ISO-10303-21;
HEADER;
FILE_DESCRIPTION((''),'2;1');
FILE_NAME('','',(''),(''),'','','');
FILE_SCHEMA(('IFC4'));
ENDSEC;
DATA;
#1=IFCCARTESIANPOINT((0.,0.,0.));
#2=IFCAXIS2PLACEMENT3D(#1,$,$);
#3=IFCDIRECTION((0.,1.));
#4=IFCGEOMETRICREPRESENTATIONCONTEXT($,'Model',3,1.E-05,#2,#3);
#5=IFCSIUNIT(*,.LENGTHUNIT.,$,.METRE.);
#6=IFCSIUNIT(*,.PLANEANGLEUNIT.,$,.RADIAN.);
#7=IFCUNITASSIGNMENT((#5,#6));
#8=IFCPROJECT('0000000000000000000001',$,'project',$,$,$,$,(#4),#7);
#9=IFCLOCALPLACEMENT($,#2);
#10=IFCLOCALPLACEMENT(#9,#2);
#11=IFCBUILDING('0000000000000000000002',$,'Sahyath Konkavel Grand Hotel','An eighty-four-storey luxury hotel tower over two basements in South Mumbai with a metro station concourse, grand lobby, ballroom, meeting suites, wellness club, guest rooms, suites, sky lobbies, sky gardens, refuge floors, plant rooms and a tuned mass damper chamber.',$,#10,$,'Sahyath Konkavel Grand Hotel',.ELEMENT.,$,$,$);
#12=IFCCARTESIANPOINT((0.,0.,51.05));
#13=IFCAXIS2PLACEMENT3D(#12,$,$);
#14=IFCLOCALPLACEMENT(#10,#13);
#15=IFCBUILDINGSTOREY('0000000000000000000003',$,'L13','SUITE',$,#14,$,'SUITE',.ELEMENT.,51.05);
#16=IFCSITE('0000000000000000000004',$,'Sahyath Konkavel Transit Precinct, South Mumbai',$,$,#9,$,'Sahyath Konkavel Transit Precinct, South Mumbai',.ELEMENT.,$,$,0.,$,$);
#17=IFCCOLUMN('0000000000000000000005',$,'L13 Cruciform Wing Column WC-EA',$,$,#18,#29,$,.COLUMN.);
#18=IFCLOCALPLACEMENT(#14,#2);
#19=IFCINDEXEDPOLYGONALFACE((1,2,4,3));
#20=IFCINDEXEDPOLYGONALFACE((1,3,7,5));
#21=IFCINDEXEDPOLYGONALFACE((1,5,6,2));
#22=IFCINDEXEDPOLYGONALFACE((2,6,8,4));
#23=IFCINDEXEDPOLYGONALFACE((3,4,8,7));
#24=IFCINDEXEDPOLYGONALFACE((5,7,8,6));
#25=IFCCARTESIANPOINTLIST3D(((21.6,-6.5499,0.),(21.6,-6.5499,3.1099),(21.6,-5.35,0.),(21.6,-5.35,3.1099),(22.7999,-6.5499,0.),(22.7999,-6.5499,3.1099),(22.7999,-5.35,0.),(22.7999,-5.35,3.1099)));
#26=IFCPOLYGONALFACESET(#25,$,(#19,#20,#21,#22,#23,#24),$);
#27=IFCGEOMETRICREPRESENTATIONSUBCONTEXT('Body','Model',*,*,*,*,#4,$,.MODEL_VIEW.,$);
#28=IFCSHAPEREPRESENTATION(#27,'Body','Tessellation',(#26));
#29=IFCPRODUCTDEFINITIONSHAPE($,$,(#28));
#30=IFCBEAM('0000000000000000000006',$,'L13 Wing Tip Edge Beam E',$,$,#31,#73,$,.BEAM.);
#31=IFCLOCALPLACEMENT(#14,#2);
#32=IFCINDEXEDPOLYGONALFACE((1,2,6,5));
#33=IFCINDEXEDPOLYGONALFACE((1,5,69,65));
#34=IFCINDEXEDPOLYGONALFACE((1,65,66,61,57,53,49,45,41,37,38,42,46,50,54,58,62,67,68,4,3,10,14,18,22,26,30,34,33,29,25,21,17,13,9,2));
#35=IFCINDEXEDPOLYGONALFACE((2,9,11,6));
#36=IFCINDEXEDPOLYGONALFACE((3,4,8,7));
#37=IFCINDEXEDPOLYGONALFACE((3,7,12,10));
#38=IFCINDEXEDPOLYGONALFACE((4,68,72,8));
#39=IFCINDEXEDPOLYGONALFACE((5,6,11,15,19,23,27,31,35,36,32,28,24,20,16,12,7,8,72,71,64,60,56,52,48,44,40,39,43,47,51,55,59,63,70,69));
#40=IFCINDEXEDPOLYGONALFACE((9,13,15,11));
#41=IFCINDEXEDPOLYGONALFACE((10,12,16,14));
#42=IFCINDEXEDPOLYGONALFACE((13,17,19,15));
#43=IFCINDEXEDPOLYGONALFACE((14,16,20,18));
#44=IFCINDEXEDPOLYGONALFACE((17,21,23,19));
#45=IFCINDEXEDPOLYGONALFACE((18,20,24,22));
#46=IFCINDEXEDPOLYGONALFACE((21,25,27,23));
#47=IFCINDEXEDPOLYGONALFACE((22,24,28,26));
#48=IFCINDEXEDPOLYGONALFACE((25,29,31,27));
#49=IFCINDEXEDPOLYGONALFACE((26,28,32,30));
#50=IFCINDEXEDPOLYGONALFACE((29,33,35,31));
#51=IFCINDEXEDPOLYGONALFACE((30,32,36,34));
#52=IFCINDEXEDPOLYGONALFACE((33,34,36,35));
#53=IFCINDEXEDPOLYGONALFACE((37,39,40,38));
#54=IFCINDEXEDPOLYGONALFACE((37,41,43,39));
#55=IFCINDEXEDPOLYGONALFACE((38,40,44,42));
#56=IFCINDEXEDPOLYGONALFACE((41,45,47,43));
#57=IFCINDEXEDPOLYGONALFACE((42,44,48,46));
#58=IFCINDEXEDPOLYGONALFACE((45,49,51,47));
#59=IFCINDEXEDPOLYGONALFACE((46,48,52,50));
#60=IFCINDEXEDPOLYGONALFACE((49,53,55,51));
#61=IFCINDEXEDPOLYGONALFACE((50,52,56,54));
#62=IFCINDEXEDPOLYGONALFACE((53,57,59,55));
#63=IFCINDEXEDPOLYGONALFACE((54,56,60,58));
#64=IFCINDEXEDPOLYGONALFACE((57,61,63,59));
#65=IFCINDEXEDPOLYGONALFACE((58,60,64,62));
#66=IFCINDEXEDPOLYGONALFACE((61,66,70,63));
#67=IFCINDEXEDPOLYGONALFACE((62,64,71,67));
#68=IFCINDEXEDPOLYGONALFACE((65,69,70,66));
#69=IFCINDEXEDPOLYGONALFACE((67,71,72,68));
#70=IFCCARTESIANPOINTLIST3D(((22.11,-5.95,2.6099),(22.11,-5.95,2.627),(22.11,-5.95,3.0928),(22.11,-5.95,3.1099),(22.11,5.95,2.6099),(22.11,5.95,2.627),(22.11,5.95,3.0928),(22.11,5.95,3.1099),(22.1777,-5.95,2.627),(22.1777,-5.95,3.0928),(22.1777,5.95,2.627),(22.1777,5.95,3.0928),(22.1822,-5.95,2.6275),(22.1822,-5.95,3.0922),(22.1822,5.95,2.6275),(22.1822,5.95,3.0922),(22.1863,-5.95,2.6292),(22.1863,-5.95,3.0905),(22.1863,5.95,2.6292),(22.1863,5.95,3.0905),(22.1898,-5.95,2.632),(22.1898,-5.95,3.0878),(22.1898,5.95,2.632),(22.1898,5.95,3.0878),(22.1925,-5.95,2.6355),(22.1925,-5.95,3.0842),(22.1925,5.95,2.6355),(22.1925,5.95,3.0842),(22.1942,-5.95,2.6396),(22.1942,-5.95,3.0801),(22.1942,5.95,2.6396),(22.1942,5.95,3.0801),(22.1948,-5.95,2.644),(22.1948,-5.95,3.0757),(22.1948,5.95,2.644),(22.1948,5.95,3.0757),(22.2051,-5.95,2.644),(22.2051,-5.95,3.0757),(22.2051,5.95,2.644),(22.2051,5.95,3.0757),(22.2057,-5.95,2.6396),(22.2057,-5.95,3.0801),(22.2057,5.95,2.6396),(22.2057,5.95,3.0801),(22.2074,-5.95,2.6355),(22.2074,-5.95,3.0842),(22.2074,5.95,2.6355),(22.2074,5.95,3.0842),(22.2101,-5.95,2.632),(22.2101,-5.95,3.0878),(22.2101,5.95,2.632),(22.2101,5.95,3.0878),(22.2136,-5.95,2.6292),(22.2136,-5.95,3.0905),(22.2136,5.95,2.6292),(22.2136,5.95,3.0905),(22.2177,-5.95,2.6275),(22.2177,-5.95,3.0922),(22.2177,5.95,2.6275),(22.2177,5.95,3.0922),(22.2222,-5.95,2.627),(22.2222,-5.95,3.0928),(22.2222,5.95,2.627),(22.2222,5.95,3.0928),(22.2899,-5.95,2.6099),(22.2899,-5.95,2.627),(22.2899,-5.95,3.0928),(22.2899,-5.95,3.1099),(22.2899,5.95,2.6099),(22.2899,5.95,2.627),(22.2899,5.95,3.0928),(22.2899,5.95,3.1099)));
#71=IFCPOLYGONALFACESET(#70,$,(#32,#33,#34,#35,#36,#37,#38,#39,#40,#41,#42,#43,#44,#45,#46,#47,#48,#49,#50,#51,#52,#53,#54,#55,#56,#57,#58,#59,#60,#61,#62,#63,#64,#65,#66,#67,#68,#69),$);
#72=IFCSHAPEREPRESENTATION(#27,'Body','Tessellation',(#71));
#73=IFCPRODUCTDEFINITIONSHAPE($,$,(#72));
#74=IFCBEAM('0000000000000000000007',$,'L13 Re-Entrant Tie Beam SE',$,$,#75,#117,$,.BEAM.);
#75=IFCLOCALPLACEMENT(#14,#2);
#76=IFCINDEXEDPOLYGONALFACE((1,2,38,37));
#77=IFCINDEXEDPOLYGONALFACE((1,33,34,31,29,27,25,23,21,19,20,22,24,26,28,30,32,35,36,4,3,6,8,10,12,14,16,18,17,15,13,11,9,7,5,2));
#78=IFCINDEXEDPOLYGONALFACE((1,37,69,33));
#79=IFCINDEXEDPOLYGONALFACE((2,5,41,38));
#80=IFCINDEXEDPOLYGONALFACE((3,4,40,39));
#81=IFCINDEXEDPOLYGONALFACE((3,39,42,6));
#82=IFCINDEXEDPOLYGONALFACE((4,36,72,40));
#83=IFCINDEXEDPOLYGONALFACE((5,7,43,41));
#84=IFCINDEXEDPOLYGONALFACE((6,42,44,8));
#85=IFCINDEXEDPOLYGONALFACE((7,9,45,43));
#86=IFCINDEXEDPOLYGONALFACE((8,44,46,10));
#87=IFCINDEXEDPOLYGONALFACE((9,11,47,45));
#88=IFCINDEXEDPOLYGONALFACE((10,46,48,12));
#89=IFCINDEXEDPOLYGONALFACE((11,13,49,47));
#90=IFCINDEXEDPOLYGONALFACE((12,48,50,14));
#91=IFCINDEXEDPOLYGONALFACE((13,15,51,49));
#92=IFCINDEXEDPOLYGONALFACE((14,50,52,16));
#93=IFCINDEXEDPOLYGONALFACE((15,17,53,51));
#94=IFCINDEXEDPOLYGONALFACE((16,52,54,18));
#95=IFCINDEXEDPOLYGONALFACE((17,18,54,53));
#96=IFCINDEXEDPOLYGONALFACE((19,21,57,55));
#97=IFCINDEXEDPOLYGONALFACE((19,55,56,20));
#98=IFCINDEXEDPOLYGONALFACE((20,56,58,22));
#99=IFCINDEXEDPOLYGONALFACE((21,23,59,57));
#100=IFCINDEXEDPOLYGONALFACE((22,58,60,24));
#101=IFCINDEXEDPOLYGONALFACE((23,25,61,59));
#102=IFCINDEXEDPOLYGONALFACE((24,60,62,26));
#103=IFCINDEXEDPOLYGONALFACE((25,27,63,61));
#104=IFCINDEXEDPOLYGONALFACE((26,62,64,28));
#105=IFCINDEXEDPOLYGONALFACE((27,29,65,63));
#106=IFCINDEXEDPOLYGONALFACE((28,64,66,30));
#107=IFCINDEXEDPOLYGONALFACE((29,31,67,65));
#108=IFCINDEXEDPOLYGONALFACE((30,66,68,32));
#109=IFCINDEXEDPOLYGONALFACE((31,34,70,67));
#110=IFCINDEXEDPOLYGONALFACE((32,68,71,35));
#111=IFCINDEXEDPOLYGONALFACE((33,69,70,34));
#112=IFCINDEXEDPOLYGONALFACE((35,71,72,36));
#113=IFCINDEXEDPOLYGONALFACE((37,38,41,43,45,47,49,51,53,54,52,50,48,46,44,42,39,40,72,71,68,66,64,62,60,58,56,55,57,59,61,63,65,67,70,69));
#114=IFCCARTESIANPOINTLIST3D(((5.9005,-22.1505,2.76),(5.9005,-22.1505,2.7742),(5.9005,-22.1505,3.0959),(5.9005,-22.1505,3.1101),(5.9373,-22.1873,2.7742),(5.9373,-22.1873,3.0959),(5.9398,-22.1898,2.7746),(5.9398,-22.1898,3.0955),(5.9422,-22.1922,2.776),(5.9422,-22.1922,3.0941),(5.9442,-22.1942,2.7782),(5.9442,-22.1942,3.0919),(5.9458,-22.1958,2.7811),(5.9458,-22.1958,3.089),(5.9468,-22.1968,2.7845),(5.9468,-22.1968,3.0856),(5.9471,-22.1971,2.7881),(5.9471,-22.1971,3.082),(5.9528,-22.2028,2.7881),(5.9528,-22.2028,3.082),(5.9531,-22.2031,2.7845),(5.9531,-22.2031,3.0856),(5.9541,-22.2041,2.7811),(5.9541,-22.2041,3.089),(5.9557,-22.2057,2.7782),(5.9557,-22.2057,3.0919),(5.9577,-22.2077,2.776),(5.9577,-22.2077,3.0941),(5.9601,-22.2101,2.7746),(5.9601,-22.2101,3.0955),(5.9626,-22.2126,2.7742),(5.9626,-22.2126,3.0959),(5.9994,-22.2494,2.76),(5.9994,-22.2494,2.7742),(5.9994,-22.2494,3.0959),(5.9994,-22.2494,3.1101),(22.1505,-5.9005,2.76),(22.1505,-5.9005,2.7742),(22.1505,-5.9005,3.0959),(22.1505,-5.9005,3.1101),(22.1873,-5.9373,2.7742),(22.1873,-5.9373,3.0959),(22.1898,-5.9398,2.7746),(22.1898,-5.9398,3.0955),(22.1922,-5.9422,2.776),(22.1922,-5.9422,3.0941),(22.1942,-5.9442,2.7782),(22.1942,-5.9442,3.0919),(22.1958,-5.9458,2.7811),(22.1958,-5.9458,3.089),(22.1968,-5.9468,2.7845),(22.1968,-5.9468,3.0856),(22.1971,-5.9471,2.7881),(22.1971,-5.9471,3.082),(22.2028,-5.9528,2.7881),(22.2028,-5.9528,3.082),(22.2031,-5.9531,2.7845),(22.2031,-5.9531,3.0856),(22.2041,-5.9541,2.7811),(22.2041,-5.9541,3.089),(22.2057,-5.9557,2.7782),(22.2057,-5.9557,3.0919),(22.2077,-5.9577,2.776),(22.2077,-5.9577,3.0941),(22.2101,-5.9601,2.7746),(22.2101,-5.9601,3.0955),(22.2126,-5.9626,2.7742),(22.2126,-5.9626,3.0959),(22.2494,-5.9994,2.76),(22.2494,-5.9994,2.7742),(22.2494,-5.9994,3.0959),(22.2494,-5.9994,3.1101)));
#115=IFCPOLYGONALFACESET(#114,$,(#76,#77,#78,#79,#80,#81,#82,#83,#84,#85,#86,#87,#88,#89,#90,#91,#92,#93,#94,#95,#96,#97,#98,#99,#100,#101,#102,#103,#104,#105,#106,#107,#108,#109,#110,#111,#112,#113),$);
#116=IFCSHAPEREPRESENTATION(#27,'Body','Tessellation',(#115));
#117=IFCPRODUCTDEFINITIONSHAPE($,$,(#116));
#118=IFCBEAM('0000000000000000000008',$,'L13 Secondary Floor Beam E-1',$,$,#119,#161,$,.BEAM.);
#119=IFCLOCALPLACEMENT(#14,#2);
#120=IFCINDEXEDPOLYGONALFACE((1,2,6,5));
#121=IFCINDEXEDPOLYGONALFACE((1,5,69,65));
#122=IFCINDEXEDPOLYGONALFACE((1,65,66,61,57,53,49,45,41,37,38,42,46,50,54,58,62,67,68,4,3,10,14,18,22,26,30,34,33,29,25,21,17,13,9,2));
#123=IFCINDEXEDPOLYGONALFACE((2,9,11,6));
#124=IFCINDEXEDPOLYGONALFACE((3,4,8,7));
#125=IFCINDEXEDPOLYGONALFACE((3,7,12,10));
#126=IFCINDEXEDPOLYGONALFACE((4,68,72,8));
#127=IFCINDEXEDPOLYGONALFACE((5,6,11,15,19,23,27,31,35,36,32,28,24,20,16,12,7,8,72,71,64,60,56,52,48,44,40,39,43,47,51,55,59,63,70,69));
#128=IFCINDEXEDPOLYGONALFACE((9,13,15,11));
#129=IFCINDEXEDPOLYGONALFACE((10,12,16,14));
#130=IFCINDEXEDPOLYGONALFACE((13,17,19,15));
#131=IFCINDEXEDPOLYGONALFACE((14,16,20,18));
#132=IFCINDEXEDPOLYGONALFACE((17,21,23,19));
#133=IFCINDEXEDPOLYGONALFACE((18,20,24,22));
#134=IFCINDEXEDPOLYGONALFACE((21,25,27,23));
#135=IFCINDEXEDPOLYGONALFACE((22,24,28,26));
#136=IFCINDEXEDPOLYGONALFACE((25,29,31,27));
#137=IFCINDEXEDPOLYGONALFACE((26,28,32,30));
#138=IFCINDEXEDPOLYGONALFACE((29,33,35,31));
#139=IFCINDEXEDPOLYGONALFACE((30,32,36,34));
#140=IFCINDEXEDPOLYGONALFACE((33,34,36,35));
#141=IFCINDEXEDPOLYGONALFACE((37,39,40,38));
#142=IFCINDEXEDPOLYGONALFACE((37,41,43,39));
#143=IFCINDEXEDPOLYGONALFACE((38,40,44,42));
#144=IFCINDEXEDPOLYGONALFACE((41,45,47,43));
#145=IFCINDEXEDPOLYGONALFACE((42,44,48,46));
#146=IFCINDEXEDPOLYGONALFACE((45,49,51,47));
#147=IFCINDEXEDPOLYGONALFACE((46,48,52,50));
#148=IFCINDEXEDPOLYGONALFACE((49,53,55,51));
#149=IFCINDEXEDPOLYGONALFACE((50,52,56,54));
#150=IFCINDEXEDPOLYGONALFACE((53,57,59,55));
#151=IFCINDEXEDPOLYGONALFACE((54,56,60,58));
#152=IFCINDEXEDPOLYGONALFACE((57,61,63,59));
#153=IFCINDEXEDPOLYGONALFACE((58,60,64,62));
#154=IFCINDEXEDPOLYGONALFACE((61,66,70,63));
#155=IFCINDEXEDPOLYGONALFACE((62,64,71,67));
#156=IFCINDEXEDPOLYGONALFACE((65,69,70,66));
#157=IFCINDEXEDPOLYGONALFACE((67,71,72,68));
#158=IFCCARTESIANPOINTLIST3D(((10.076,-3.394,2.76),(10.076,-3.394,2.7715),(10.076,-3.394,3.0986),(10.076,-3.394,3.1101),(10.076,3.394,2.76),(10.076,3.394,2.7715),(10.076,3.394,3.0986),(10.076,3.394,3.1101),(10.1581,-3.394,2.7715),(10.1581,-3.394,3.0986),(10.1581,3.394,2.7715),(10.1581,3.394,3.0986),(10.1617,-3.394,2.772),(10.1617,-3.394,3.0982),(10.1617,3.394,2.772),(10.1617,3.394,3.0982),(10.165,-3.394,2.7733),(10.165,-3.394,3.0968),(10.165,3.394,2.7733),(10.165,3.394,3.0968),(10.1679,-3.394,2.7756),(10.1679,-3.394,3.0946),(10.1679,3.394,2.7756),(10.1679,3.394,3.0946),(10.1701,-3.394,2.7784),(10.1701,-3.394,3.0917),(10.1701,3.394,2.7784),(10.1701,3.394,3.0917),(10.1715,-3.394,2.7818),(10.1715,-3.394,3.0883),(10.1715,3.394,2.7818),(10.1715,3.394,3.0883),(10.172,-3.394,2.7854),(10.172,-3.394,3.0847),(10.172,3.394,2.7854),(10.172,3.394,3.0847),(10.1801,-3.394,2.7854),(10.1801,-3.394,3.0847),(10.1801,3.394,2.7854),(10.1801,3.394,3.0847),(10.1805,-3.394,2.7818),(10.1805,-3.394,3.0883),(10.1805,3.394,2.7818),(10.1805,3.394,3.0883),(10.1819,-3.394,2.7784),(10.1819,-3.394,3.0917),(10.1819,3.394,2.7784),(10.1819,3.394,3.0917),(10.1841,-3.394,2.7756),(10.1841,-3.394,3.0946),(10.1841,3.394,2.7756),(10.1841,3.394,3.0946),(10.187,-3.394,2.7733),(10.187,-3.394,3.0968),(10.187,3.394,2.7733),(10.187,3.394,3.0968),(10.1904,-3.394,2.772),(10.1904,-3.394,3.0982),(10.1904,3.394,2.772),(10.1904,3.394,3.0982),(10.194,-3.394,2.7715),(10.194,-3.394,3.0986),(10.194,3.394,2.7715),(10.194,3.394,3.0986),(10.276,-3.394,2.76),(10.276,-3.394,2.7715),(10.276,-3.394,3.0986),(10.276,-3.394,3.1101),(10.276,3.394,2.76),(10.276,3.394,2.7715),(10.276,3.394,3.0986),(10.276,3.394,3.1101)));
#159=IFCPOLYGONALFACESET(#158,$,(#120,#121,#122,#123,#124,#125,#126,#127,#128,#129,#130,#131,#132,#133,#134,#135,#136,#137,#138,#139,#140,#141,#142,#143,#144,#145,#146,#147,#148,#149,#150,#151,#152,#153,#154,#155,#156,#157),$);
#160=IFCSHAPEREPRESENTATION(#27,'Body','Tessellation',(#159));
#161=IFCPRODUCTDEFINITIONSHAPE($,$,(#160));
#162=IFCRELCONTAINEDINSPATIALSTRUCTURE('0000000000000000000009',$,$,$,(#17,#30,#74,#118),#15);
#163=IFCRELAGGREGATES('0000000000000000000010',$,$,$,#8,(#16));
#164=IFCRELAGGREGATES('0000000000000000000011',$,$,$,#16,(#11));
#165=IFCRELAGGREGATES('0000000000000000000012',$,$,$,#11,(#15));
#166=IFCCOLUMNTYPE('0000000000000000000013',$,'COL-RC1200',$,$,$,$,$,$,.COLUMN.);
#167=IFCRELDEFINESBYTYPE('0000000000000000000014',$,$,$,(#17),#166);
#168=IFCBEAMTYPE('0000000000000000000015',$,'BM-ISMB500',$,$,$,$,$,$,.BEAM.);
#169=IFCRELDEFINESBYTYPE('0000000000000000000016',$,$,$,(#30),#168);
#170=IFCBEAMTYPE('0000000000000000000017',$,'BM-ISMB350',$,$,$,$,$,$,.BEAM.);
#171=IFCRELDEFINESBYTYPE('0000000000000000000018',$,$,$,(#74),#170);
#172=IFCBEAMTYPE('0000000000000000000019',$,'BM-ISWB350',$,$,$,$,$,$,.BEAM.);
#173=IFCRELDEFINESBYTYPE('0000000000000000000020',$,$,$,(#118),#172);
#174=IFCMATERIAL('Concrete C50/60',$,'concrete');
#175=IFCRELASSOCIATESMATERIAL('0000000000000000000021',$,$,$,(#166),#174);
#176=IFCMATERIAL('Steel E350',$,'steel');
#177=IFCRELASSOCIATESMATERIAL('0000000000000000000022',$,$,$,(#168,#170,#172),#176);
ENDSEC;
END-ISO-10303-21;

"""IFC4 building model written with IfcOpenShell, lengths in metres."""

from ifc_helpers import new_model, si_unit, direction, frame, origin, origin_2d, place, context, subcontext, project, spatial, rectangle, i_section, extrude, source, transform, mapped, material, material_profile, profile_set, type_object, element, save


model = new_model("IFC4")

# Units and contexts
model_context = context("Model", 3, precision=1e-05, world=origin(), true_north=direction((0.0, 1.0)))
body_context = subcontext(model_context, "Body", "Model", "MODEL_VIEW")
ifc_project = project(units=[si_unit("LENGTHUNIT", "METRE"), si_unit("PLANEANGLEUNIT", "RADIAN")], contexts=[model_context])

# Site, building, storey
site_placement = place(None, origin())
site = spatial("IfcSite", under=ifc_project, at=site_placement, Name="Sahyath Konkavel Transit Precinct, South Mumbai", LongName="Sahyath Konkavel Transit Precinct, South Mumbai", CompositionType="ELEMENT", RefElevation=0.0)
building_placement = place(site_placement, origin())
building = spatial("IfcBuilding", under=site, at=building_placement, Name="Sahyath Konkavel Grand Hotel", Description="An eighty-four-storey luxury hotel tower over two basements in South Mumbai with a metro station concourse, grand lobby, ballroom, meeting suites, wellness club, guest rooms, suites, sky lobbies, sky gardens, refuge floors, plant rooms and a tuned mass damper chamber.", LongName="Sahyath Konkavel Grand Hotel", CompositionType="ELEMENT")
storey_placement = place(building_placement, frame((0.0, 0.0, 51.05)))
storey = spatial("IfcBuildingStorey", under=building, at=storey_placement, Name="L13", Description="SUITE", LongName="SUITE", CompositionType="ELEMENT", Elevation=51.05)

# Column
ifc_material_1 = material(Name="Concrete C50/60", Category="concrete")
ifc_material_profile_1 = material_profile(ifc_material_1, rectangle(XDim=1.2, YDim=1.2, at=origin_2d()), Name="RC 1200x1200")
ifc_profile_set_1 = profile_set([ifc_material_profile_1], Name="Concrete C50/60")
column_type = type_object("IfcColumnType", Name="COL-RC1200", PredefinedType="COLUMN", material=ifc_profile_set_1)
shared_shape_1 = source(origin(), body_context, "Body", "SweptSolid", [
    extrude(rectangle(XDim=1.2, YDim=1.2, at=origin_2d()), origin(), (0.0, 0.0, 1.0), 3.1099),
])
column_placement = place(storey_placement, frame((22.2, -5.95, 0.0), z_axis=(0.0, 0.0, 1.0), x_axis=(1.0, 0.0, 0.0)))
element("IfcColumn", 1, at=column_placement, inside=storey, type_object=column_type, Name="L13 Cruciform Wing Column WC-EA", PredefinedType="COLUMN", context=body_context, shape_type="MappedRepresentation", body=[
    mapped(shared_shape_1, transform((0.0, 0.0, 0.0), scale=1.0)),
])

# Beams
ifc_material_2 = material(Name="Steel E350", Category="steel")
ifc_material_profile_2 = material_profile(ifc_material_2, i_section(OverallWidth=0.1799, OverallDepth=0.5, WebThickness=0.0103, FlangeThickness=0.0171, FilletRadius=0.0171, at=origin_2d()), Name="ISMB 500")
ifc_profile_set_2 = profile_set([ifc_material_profile_2], Name="Steel E350")
beam_type_1 = type_object("IfcBeamType", Name="BM-ISMB500", PredefinedType="BEAM", material=ifc_profile_set_2)
shared_shape_2 = source(origin(), body_context, "Body", "SweptSolid", [
    extrude(i_section(OverallWidth=0.1799, OverallDepth=0.5, WebThickness=0.0103, FlangeThickness=0.0171, FilletRadius=0.0171, at=origin_2d()), origin(), (0.0, 0.0, 1.0), 11.8999),
])
beam_1_placement = place(storey_placement, frame((22.2, -5.95, 2.8599), z_axis=(0.0, 1.0, 0.0), x_axis=(-1.0, 0.0, 0.0)))
element("IfcBeam", 2, at=beam_1_placement, inside=storey, type_object=beam_type_1, Name="L13 Wing Tip Edge Beam E", PredefinedType="BEAM", context=body_context, shape_type="MappedRepresentation", body=[
    mapped(shared_shape_2, transform((0.0, 0.0, 0.0), scale=1.0)),
])
ifc_material_profile_3 = material_profile(ifc_material_2, i_section(OverallWidth=0.1399, OverallDepth=0.3501, WebThickness=0.0081, FlangeThickness=0.0142, FilletRadius=0.0139, at=origin_2d()), Name="ISMB 350")
ifc_profile_set_3 = profile_set([ifc_material_profile_3], Name="Steel E350")
beam_type_2 = type_object("IfcBeamType", Name="BM-ISMB350", PredefinedType="BEAM", material=ifc_profile_set_3)
shared_shape_3 = source(origin(), body_context, "Body", "SweptSolid", [
    extrude(i_section(OverallWidth=0.1399, OverallDepth=0.3501, WebThickness=0.0081, FlangeThickness=0.0142, FilletRadius=0.0139, at=origin_2d()), origin(), (0.0, 0.0, 1.0), 22.981),
])
beam_2_placement = place(storey_placement, frame((22.2, -5.95, 2.9351), z_axis=(-0.707107, -0.707107, 0.0), x_axis=(0.707107, -0.707107, 0.0)))
element("IfcBeam", 3, at=beam_2_placement, inside=storey, type_object=beam_type_2, Name="L13 Re-Entrant Tie Beam SE", PredefinedType="BEAM", context=body_context, shape_type="MappedRepresentation", body=[
    mapped(shared_shape_3, transform((0.0, 0.0, 0.0), scale=1.0)),
])
ifc_material_profile_4 = material_profile(ifc_material_2, i_section(OverallWidth=0.2, OverallDepth=0.3501, WebThickness=0.0081, FlangeThickness=0.0115, FilletRadius=0.0139, at=origin_2d()), Name="ISWB 350")
ifc_profile_set_4 = profile_set([ifc_material_profile_4], Name="Steel E350")
beam_type_3 = type_object("IfcBeamType", Name="BM-ISWB350", PredefinedType="BEAM", material=ifc_profile_set_4)
shared_shape_4 = source(origin(), body_context, "Body", "SweptSolid", [
    extrude(i_section(OverallWidth=0.2, OverallDepth=0.3501, WebThickness=0.0081, FlangeThickness=0.0115, FilletRadius=0.0139, at=origin_2d()), origin(), (0.0, 0.0, 1.0), 6.7881),
])
beam_3_placement = place(storey_placement, frame((10.176, -3.394, 2.9351), z_axis=(0.0, 1.0, 0.0), x_axis=(-1.0, 0.0, 0.0)))
element("IfcBeam", 4, at=beam_3_placement, inside=storey, type_object=beam_type_3, Name="L13 Secondary Floor Beam E-1", PredefinedType="BEAM", context=body_context, shape_type="MappedRepresentation", body=[
    mapped(shared_shape_4, transform((0.0, 0.0, 0.0), scale=1.0)),
])

save(model, "model.ifc")
